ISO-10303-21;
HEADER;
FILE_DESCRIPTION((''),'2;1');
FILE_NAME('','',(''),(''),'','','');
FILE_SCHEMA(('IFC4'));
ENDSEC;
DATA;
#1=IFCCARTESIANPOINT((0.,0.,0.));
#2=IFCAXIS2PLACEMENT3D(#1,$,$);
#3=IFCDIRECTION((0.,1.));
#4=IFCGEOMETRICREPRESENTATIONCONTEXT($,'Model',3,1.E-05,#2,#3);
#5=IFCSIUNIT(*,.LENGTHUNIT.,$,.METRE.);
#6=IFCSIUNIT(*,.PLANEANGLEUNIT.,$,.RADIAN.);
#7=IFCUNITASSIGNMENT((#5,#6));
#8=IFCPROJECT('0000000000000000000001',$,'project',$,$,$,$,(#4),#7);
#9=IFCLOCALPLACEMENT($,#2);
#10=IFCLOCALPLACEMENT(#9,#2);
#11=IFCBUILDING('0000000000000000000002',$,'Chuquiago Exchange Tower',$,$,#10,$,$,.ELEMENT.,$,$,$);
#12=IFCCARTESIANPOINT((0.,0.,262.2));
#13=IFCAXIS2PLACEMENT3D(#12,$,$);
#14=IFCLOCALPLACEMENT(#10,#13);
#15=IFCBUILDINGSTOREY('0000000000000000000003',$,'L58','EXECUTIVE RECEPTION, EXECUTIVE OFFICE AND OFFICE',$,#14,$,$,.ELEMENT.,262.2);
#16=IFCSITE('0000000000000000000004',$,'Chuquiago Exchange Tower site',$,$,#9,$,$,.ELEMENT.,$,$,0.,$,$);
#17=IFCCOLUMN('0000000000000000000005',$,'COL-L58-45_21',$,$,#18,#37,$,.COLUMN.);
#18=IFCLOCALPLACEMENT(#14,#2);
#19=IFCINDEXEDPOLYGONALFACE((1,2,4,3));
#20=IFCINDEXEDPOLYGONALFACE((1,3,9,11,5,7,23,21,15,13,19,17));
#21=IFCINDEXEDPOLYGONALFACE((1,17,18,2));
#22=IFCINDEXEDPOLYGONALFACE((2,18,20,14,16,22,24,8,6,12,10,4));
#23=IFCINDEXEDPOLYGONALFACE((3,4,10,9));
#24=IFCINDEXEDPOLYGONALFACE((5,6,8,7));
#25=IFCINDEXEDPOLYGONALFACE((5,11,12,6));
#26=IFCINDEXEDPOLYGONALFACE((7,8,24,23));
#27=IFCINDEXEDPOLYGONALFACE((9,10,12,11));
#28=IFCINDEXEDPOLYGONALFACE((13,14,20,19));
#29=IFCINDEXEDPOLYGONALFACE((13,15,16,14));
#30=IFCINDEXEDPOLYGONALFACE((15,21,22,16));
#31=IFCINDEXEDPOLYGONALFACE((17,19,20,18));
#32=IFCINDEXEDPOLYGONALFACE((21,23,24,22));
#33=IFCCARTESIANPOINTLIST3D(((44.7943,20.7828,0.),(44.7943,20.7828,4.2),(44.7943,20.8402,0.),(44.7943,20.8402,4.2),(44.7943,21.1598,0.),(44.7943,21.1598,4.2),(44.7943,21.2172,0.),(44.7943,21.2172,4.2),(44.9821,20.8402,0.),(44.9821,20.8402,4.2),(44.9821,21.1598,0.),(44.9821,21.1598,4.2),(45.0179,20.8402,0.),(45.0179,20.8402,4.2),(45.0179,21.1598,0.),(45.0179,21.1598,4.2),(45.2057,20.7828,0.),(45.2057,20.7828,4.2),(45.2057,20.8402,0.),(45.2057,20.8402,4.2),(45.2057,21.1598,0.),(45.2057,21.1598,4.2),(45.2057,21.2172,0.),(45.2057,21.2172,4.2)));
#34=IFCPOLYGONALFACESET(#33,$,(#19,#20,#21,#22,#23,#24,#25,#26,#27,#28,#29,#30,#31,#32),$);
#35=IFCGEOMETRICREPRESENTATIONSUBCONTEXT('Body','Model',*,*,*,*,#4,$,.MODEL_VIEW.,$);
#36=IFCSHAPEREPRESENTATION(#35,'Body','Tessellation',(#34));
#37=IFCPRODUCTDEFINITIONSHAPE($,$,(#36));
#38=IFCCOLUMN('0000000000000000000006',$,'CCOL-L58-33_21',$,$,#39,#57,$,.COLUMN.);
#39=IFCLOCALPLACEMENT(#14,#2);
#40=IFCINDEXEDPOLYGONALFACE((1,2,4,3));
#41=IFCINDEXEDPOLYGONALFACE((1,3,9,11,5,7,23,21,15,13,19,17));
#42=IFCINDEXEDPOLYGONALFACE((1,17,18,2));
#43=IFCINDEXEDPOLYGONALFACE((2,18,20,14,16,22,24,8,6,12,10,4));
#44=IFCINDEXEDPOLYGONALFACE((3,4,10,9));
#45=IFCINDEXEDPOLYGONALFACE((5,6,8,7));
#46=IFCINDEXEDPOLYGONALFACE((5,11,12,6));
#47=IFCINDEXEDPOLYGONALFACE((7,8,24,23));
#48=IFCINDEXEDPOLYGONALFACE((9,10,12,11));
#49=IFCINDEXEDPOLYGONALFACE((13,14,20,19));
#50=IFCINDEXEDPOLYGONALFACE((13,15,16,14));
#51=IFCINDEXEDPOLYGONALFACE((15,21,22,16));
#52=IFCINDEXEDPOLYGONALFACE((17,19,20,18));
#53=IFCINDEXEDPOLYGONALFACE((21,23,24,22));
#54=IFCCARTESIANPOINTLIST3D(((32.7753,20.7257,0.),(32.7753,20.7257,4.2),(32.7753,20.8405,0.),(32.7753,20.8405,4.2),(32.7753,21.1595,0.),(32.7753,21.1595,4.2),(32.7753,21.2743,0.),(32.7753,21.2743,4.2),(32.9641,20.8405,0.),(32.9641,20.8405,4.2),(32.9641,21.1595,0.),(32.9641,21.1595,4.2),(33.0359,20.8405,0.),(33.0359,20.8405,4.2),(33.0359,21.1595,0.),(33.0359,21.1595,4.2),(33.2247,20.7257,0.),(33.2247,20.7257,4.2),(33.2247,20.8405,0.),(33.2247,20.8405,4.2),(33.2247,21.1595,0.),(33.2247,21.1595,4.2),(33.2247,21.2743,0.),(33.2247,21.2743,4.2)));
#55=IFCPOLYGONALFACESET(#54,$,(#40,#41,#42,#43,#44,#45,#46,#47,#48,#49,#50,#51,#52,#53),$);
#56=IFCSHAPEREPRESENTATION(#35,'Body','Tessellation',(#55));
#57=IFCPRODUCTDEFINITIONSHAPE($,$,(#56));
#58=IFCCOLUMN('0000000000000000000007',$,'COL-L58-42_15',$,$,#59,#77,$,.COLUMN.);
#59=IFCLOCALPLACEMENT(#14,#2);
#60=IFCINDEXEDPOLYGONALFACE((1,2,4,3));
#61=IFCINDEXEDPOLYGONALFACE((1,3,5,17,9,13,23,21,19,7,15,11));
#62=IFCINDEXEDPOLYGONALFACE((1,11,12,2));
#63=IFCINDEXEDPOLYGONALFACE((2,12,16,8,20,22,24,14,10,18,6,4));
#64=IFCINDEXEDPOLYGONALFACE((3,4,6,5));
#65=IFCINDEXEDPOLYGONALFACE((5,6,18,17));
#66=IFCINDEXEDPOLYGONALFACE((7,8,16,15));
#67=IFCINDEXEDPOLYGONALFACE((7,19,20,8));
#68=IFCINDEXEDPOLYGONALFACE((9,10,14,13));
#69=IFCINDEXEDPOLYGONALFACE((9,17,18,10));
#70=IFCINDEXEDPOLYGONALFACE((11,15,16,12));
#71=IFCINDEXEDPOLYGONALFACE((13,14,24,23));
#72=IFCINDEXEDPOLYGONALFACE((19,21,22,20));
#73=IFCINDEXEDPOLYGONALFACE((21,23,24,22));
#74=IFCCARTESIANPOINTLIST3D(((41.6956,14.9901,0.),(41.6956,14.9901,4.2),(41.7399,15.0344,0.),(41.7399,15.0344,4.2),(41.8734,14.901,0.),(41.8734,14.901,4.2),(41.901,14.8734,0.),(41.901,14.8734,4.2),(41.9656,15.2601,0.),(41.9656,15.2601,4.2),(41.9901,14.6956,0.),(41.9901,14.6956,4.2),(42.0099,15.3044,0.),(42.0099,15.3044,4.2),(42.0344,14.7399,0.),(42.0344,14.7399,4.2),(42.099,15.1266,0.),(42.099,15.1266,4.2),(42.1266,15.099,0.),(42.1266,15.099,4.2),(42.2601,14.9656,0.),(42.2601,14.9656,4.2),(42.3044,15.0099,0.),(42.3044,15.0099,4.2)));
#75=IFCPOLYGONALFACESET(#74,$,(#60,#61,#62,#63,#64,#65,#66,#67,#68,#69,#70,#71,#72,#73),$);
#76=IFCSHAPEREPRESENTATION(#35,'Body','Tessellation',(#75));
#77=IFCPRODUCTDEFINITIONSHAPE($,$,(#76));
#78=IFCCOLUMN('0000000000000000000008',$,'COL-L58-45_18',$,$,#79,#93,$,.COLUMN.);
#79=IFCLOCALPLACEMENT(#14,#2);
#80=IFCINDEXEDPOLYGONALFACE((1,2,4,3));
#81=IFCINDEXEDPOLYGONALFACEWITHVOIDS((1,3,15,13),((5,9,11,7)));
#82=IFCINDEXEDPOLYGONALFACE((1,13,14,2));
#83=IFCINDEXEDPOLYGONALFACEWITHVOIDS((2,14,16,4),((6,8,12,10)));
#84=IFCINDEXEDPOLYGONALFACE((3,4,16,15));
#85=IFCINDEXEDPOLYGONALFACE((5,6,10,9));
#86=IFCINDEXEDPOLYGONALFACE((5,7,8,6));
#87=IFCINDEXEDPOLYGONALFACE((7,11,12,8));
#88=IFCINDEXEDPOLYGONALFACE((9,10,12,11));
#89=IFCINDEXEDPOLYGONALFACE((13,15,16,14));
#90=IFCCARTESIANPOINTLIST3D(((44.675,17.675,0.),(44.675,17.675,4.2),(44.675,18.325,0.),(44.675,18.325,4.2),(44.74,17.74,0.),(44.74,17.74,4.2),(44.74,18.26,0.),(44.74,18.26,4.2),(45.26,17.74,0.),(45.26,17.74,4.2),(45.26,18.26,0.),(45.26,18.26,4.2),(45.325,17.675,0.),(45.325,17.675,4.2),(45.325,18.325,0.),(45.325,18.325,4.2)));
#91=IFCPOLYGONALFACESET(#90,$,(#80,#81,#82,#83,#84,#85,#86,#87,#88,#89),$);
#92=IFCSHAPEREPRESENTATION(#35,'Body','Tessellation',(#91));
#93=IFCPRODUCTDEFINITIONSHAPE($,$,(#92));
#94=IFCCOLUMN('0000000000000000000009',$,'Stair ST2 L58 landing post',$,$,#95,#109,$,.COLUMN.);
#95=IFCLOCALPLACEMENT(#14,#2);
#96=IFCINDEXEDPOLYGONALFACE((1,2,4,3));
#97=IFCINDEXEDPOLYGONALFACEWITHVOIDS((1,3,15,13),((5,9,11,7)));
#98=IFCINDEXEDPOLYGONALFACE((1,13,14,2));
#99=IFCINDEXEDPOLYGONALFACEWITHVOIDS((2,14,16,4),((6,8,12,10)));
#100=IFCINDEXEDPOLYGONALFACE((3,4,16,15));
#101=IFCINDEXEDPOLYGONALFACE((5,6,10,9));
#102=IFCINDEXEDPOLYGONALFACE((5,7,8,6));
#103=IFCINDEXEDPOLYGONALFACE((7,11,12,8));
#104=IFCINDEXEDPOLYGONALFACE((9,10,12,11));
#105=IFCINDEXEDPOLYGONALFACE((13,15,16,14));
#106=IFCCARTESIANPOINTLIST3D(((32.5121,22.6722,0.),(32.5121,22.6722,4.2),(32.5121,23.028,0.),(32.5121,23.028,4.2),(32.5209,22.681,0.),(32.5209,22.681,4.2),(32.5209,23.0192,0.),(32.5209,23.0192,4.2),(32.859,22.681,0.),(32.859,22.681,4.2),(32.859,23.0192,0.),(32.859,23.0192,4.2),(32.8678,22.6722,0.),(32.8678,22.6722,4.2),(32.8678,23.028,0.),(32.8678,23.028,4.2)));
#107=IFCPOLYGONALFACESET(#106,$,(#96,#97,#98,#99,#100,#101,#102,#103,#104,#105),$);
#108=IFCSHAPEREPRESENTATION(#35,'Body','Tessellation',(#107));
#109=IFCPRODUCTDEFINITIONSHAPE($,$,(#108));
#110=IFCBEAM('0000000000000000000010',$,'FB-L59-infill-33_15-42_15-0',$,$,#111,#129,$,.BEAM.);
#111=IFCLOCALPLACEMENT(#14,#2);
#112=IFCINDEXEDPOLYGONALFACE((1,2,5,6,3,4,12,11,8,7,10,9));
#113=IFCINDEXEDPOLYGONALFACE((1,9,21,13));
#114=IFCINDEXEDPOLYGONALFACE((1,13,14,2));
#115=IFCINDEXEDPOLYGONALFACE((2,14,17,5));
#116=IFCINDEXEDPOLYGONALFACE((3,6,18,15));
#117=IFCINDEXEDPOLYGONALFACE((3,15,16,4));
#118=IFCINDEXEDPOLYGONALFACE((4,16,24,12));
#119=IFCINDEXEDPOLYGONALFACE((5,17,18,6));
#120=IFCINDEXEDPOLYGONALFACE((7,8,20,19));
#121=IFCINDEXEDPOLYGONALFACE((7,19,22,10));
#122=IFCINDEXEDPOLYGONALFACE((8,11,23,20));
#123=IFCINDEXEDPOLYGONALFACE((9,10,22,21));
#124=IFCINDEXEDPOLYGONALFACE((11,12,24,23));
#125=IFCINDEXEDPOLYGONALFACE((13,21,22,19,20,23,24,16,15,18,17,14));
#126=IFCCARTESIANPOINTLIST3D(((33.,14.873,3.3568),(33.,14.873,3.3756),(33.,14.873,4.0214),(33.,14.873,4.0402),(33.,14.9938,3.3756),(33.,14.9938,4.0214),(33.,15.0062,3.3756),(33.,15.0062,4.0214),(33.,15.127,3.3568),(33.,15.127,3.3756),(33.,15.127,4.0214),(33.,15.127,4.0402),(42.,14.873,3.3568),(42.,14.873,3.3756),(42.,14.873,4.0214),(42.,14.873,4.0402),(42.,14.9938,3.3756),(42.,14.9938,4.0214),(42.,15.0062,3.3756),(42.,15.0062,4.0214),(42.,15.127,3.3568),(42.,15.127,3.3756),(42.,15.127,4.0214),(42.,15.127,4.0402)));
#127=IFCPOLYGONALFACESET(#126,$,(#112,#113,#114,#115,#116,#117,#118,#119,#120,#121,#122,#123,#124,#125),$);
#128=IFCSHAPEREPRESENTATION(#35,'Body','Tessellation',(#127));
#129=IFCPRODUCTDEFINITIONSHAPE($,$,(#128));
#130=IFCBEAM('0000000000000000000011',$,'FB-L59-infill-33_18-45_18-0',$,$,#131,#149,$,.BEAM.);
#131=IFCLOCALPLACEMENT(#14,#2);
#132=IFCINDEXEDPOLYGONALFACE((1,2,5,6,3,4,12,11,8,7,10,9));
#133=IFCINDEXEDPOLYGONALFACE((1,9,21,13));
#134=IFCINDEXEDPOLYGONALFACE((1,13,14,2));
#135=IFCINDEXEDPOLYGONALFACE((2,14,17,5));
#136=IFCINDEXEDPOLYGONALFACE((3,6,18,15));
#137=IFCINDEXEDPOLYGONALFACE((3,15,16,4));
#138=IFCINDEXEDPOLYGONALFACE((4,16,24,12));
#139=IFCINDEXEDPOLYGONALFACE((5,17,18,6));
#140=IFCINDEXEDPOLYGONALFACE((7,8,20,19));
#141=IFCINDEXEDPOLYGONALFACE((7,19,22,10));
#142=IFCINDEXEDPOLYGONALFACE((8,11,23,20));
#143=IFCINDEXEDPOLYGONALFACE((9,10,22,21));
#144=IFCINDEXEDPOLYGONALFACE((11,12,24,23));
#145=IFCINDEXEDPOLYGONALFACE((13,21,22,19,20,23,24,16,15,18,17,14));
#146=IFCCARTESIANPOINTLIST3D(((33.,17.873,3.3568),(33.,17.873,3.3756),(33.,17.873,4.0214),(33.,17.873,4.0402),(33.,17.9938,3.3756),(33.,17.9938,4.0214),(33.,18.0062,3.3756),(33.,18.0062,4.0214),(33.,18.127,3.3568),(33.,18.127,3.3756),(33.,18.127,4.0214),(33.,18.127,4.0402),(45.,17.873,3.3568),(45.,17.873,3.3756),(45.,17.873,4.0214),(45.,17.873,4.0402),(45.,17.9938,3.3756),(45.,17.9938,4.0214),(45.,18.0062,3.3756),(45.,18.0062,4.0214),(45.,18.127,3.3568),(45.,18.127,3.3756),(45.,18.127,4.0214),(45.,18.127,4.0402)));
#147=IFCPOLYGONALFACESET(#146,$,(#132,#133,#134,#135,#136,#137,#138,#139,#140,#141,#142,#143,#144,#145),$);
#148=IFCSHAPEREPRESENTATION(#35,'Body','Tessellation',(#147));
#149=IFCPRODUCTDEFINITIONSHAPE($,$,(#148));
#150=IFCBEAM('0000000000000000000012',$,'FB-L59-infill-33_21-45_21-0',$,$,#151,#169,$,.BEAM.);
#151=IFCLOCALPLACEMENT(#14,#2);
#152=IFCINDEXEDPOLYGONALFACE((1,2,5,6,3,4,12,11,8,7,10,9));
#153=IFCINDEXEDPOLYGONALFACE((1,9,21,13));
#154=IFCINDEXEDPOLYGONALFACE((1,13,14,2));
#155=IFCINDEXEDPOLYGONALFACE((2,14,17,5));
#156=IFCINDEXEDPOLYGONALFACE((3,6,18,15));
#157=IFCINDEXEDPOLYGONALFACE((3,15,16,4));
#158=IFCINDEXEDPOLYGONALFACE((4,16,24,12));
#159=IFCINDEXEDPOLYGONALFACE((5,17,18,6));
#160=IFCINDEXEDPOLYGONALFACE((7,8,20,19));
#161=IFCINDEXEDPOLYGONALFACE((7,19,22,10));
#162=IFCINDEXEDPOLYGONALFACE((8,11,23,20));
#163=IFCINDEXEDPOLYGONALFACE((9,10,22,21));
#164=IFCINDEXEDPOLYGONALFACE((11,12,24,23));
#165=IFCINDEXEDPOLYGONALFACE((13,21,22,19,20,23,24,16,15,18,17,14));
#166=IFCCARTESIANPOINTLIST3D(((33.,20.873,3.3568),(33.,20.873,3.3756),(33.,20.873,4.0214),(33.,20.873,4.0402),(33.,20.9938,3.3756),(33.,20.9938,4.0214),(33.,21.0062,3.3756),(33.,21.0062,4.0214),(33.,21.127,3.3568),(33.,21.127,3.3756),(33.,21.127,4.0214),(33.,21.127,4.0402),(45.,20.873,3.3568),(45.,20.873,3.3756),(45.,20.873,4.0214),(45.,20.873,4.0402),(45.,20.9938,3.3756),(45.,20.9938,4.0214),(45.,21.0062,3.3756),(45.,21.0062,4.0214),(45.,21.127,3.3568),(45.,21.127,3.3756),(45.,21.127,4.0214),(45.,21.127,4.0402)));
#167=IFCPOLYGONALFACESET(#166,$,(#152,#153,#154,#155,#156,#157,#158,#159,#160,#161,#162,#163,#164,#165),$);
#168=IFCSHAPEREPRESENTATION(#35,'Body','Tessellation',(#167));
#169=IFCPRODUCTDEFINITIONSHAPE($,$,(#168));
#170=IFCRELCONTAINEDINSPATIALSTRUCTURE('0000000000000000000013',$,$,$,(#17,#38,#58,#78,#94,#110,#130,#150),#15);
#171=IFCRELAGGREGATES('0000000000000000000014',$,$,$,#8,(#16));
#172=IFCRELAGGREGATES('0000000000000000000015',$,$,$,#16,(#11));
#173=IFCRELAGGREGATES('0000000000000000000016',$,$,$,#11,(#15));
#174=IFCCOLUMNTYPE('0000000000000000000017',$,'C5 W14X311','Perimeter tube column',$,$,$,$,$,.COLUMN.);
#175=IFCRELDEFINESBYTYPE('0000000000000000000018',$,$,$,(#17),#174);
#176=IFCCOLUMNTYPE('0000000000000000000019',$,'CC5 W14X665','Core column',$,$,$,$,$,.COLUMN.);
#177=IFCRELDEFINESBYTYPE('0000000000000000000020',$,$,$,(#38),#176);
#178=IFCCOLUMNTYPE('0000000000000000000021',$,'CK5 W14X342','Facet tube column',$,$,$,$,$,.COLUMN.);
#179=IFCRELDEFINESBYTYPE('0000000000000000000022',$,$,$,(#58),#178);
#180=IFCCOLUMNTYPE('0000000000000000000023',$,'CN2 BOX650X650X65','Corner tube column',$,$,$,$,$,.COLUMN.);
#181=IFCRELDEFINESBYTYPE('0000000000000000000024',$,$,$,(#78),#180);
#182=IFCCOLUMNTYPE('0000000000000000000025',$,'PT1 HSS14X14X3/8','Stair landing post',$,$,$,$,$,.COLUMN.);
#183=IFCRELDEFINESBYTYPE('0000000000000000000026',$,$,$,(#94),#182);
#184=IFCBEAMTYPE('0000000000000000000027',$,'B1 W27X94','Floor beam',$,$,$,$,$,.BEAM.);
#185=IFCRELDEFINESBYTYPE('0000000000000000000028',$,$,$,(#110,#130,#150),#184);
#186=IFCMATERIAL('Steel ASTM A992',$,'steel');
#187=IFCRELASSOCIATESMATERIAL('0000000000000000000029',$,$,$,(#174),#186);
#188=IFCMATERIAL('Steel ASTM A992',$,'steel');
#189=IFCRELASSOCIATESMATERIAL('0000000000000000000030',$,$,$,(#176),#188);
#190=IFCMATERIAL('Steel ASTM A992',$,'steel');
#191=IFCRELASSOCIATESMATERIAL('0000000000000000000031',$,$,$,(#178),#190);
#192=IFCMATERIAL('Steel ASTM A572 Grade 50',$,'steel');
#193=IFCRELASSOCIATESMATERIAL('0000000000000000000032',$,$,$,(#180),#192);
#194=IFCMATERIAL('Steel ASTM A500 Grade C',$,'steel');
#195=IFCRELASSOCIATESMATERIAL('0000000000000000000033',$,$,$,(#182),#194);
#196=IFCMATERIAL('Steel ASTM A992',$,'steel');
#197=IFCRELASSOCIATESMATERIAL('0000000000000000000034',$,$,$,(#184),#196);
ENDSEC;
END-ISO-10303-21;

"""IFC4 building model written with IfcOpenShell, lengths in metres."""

from ifc_helpers import new_model, si_unit, direction, frame, origin, origin_2d, place, context, subcontext, project, spatial, hollow_rectangle, i_section, extrude, material, material_profile, profile_set, type_object, element, save


model = new_model("IFC4")

# Units and contexts
model_context = context("Model", 3, precision=1e-05, world=origin(), true_north=direction((0.0, 1.0)))
body_context = subcontext(model_context, "Body", "Model", "MODEL_VIEW")
ifc_project = project(units=[si_unit("LENGTHUNIT", "METRE"), si_unit("PLANEANGLEUNIT", "RADIAN")], contexts=[model_context])

# Site, building, storey
site_placement = place(None, origin())
site = spatial("IfcSite", under=ifc_project, at=site_placement, Name="Chuquiago Exchange Tower site", CompositionType="ELEMENT", RefElevation=0.0)
building_placement = place(site_placement, origin())
building = spatial("IfcBuilding", under=site, at=building_placement, Name="Chuquiago Exchange Tower", CompositionType="ELEMENT")
storey_placement = place(building_placement, frame((0.0, 0.0, 262.2)))
storey = spatial("IfcBuildingStorey", under=building, at=storey_placement, Name="L58", Description="EXECUTIVE RECEPTION, EXECUTIVE OFFICE AND OFFICE", CompositionType="ELEMENT", Elevation=262.2)

# Columns
ifc_material_1 = material(Name="Steel ASTM A992", Category="steel")
ifc_material_profile_1 = material_profile(ifc_material_1, i_section(OverallWidth=0.4114, OverallDepth=0.4343, WebThickness=0.0359, FlangeThickness=0.0574, at=origin_2d()), Name="W14X311")
ifc_profile_set_1 = profile_set([ifc_material_profile_1], Name="Steel ASTM A992")
column_type_1 = type_object("IfcColumnType", Name="C5 W14X311", Description="Perimeter tube column", PredefinedType="COLUMN", material=ifc_profile_set_1)
column_1_placement = place(storey_placement, frame((45.0, 21.0, 0.0), z_axis=(0.0, 0.0, 1.0), x_axis=(1.0, 0.0, 0.0)))
element("IfcColumn", 1, at=column_1_placement, inside=storey, type_object=column_type_1, Name="COL-L58-45_21", PredefinedType="COLUMN", context=body_context, shape_type="SweptSolid", body=[
    extrude(i_section(OverallWidth=0.4114, OverallDepth=0.4343, WebThickness=0.0359, FlangeThickness=0.0574, at=origin_2d()), origin(), (0.0, 0.0, 1.0), 4.2),
])
ifc_material_2 = material(Name="Steel ASTM A992", Category="steel")
ifc_material_profile_2 = material_profile(ifc_material_2, i_section(OverallWidth=0.4495, OverallDepth=0.5486, WebThickness=0.0718, FlangeThickness=0.1147, at=origin_2d()), Name="W14X665")
ifc_profile_set_2 = profile_set([ifc_material_profile_2], Name="Steel ASTM A992")
column_type_2 = type_object("IfcColumnType", Name="CC5 W14X665", Description="Core column", PredefinedType="COLUMN", material=ifc_profile_set_2)
column_2_placement = place(storey_placement, frame((33.0, 21.0, 0.0), z_axis=(0.0, 0.0, 1.0), x_axis=(1.0, 0.0, 0.0)))
element("IfcColumn", 2, at=column_2_placement, inside=storey, type_object=column_type_2, Name="CCOL-L58-33_21", PredefinedType="COLUMN", context=body_context, shape_type="SweptSolid", body=[
    extrude(i_section(OverallWidth=0.4495, OverallDepth=0.5486, WebThickness=0.0718, FlangeThickness=0.1147, at=origin_2d()), origin(), (0.0, 0.0, 1.0), 4.2),
])
ifc_material_3 = material(Name="Steel ASTM A992", Category="steel")
ifc_material_profile_3 = material_profile(ifc_material_3, i_section(OverallWidth=0.4165, OverallDepth=0.4446, WebThickness=0.0391, FlangeThickness=0.0627, at=origin_2d()), Name="W14X342")
ifc_profile_set_3 = profile_set([ifc_material_profile_3], Name="Steel ASTM A992")
column_type_3 = type_object("IfcColumnType", Name="CK5 W14X342", Description="Facet tube column", PredefinedType="COLUMN", material=ifc_profile_set_3)
column_3_placement = place(storey_placement, frame((42.0, 15.0, 0.0), z_axis=(0.0, 0.0, 1.0), x_axis=(0.707107, -0.707107, 0.0)))
element("IfcColumn", 3, at=column_3_placement, inside=storey, type_object=column_type_3, Name="COL-L58-42_15", PredefinedType="COLUMN", context=body_context, shape_type="SweptSolid", body=[
    extrude(i_section(OverallWidth=0.4165, OverallDepth=0.4446, WebThickness=0.0391, FlangeThickness=0.0627, at=origin_2d()), origin(), (0.0, 0.0, 1.0), 4.2),
])
ifc_material_4 = material(Name="Steel ASTM A572 Grade 50", Category="steel")
ifc_material_profile_4 = material_profile(ifc_material_4, hollow_rectangle(XDim=0.6499, YDim=0.6499, WallThickness=0.0649, at=origin_2d()), Name="BOX650X650X65")
ifc_profile_set_4 = profile_set([ifc_material_profile_4], Name="Steel ASTM A572 Grade 50")
column_type_4 = type_object("IfcColumnType", Name="CN2 BOX650X650X65", Description="Corner tube column", PredefinedType="COLUMN", material=ifc_profile_set_4)
column_4_placement = place(storey_placement, frame((45.0, 18.0, 0.0), z_axis=(0.0, 0.0, 1.0), x_axis=(1.0, 0.0, 0.0)))
element("IfcColumn", 4, at=column_4_placement, inside=storey, type_object=column_type_4, Name="COL-L58-45_18", PredefinedType="COLUMN", context=body_context, shape_type="SweptSolid", body=[
    extrude(hollow_rectangle(XDim=0.6499, YDim=0.6499, WallThickness=0.0649, at=origin_2d()), origin(), (0.0, 0.0, 1.0), 4.2),
])
ifc_material_5 = material(Name="Steel ASTM A500 Grade C", Category="steel")
ifc_material_profile_5 = material_profile(ifc_material_5, hollow_rectangle(XDim=0.3557, YDim=0.3557, WallThickness=0.0088, at=origin_2d()), Name="HSS14X14X3/8")
ifc_profile_set_5 = profile_set([ifc_material_profile_5], Name="Steel ASTM A500 Grade C")
column_type_5 = type_object("IfcColumnType", Name="PT1 HSS14X14X3/8", Description="Stair landing post", PredefinedType="COLUMN", material=ifc_profile_set_5)
column_5_placement = place(storey_placement, frame((32.6899, 22.8501, 0.0), z_axis=(0.0, 0.0, 1.0), x_axis=(1.0, 0.0, 0.0)))
element("IfcColumn", 5, at=column_5_placement, inside=storey, type_object=column_type_5, Name="Stair ST2 L58 landing post", PredefinedType="COLUMN", context=body_context, shape_type="SweptSolid", body=[
    extrude(hollow_rectangle(XDim=0.3557, YDim=0.3557, WallThickness=0.0088, at=origin_2d()), origin(), (0.0, 0.0, 1.0), 4.2),
])

# Beams
ifc_material_6 = material(Name="Steel ASTM A992", Category="steel")
ifc_material_profile_6 = material_profile(ifc_material_6, i_section(OverallWidth=0.2539, OverallDepth=0.6833, WebThickness=0.0125, FlangeThickness=0.0188, at=origin_2d()), Name="W27X94")
ifc_profile_set_6 = profile_set([ifc_material_profile_6], Name="Steel ASTM A992")
beam_type_1 = type_object("IfcBeamType", Name="B1 W27X94", Description="Floor beam", PredefinedType="BEAM", material=ifc_profile_set_6)
beam_1_placement = place(storey_placement, frame((33.0, 15.0, 3.6985), z_axis=(1.0, 0.0, 0.0), x_axis=(0.0, 1.0, 0.0)))
element("IfcBeam", 6, at=beam_1_placement, inside=storey, type_object=beam_type_1, Name="FB-L59-infill-33_15-42_15-0", PredefinedType="BEAM", context=body_context, shape_type="SweptSolid", body=[
    extrude(i_section(OverallWidth=0.2539, OverallDepth=0.6833, WebThickness=0.0125, FlangeThickness=0.0188, at=origin_2d()), origin(), (0.0, 0.0, 1.0), 9.0),
])
for number, where, z_axis, x_axis, name in (
    (7, (33.0, 18.0, 3.6985), (1.0, 0.0, 0.0), (0.0, 1.0, 0.0), "FB-L59-infill-33_18-45_18-0"),
    (8, (33.0, 21.0, 3.6985), (1.0, 0.0, 0.0), (0.0, 1.0, 0.0), "FB-L59-infill-33_21-45_21-0"),
):
    element("IfcBeam", number, at=place(storey_placement, frame(where, z_axis=z_axis, x_axis=x_axis)), inside=storey, type_object=beam_type_1, Name=name, PredefinedType="BEAM", context=body_context, shape_type="SweptSolid", body=[
        extrude(i_section(OverallWidth=0.2539, OverallDepth=0.6833, WebThickness=0.0125, FlangeThickness=0.0188, at=origin_2d()), origin(), (0.0, 0.0, 1.0), 12.0),
    ])

save(model, "model.ifc")
